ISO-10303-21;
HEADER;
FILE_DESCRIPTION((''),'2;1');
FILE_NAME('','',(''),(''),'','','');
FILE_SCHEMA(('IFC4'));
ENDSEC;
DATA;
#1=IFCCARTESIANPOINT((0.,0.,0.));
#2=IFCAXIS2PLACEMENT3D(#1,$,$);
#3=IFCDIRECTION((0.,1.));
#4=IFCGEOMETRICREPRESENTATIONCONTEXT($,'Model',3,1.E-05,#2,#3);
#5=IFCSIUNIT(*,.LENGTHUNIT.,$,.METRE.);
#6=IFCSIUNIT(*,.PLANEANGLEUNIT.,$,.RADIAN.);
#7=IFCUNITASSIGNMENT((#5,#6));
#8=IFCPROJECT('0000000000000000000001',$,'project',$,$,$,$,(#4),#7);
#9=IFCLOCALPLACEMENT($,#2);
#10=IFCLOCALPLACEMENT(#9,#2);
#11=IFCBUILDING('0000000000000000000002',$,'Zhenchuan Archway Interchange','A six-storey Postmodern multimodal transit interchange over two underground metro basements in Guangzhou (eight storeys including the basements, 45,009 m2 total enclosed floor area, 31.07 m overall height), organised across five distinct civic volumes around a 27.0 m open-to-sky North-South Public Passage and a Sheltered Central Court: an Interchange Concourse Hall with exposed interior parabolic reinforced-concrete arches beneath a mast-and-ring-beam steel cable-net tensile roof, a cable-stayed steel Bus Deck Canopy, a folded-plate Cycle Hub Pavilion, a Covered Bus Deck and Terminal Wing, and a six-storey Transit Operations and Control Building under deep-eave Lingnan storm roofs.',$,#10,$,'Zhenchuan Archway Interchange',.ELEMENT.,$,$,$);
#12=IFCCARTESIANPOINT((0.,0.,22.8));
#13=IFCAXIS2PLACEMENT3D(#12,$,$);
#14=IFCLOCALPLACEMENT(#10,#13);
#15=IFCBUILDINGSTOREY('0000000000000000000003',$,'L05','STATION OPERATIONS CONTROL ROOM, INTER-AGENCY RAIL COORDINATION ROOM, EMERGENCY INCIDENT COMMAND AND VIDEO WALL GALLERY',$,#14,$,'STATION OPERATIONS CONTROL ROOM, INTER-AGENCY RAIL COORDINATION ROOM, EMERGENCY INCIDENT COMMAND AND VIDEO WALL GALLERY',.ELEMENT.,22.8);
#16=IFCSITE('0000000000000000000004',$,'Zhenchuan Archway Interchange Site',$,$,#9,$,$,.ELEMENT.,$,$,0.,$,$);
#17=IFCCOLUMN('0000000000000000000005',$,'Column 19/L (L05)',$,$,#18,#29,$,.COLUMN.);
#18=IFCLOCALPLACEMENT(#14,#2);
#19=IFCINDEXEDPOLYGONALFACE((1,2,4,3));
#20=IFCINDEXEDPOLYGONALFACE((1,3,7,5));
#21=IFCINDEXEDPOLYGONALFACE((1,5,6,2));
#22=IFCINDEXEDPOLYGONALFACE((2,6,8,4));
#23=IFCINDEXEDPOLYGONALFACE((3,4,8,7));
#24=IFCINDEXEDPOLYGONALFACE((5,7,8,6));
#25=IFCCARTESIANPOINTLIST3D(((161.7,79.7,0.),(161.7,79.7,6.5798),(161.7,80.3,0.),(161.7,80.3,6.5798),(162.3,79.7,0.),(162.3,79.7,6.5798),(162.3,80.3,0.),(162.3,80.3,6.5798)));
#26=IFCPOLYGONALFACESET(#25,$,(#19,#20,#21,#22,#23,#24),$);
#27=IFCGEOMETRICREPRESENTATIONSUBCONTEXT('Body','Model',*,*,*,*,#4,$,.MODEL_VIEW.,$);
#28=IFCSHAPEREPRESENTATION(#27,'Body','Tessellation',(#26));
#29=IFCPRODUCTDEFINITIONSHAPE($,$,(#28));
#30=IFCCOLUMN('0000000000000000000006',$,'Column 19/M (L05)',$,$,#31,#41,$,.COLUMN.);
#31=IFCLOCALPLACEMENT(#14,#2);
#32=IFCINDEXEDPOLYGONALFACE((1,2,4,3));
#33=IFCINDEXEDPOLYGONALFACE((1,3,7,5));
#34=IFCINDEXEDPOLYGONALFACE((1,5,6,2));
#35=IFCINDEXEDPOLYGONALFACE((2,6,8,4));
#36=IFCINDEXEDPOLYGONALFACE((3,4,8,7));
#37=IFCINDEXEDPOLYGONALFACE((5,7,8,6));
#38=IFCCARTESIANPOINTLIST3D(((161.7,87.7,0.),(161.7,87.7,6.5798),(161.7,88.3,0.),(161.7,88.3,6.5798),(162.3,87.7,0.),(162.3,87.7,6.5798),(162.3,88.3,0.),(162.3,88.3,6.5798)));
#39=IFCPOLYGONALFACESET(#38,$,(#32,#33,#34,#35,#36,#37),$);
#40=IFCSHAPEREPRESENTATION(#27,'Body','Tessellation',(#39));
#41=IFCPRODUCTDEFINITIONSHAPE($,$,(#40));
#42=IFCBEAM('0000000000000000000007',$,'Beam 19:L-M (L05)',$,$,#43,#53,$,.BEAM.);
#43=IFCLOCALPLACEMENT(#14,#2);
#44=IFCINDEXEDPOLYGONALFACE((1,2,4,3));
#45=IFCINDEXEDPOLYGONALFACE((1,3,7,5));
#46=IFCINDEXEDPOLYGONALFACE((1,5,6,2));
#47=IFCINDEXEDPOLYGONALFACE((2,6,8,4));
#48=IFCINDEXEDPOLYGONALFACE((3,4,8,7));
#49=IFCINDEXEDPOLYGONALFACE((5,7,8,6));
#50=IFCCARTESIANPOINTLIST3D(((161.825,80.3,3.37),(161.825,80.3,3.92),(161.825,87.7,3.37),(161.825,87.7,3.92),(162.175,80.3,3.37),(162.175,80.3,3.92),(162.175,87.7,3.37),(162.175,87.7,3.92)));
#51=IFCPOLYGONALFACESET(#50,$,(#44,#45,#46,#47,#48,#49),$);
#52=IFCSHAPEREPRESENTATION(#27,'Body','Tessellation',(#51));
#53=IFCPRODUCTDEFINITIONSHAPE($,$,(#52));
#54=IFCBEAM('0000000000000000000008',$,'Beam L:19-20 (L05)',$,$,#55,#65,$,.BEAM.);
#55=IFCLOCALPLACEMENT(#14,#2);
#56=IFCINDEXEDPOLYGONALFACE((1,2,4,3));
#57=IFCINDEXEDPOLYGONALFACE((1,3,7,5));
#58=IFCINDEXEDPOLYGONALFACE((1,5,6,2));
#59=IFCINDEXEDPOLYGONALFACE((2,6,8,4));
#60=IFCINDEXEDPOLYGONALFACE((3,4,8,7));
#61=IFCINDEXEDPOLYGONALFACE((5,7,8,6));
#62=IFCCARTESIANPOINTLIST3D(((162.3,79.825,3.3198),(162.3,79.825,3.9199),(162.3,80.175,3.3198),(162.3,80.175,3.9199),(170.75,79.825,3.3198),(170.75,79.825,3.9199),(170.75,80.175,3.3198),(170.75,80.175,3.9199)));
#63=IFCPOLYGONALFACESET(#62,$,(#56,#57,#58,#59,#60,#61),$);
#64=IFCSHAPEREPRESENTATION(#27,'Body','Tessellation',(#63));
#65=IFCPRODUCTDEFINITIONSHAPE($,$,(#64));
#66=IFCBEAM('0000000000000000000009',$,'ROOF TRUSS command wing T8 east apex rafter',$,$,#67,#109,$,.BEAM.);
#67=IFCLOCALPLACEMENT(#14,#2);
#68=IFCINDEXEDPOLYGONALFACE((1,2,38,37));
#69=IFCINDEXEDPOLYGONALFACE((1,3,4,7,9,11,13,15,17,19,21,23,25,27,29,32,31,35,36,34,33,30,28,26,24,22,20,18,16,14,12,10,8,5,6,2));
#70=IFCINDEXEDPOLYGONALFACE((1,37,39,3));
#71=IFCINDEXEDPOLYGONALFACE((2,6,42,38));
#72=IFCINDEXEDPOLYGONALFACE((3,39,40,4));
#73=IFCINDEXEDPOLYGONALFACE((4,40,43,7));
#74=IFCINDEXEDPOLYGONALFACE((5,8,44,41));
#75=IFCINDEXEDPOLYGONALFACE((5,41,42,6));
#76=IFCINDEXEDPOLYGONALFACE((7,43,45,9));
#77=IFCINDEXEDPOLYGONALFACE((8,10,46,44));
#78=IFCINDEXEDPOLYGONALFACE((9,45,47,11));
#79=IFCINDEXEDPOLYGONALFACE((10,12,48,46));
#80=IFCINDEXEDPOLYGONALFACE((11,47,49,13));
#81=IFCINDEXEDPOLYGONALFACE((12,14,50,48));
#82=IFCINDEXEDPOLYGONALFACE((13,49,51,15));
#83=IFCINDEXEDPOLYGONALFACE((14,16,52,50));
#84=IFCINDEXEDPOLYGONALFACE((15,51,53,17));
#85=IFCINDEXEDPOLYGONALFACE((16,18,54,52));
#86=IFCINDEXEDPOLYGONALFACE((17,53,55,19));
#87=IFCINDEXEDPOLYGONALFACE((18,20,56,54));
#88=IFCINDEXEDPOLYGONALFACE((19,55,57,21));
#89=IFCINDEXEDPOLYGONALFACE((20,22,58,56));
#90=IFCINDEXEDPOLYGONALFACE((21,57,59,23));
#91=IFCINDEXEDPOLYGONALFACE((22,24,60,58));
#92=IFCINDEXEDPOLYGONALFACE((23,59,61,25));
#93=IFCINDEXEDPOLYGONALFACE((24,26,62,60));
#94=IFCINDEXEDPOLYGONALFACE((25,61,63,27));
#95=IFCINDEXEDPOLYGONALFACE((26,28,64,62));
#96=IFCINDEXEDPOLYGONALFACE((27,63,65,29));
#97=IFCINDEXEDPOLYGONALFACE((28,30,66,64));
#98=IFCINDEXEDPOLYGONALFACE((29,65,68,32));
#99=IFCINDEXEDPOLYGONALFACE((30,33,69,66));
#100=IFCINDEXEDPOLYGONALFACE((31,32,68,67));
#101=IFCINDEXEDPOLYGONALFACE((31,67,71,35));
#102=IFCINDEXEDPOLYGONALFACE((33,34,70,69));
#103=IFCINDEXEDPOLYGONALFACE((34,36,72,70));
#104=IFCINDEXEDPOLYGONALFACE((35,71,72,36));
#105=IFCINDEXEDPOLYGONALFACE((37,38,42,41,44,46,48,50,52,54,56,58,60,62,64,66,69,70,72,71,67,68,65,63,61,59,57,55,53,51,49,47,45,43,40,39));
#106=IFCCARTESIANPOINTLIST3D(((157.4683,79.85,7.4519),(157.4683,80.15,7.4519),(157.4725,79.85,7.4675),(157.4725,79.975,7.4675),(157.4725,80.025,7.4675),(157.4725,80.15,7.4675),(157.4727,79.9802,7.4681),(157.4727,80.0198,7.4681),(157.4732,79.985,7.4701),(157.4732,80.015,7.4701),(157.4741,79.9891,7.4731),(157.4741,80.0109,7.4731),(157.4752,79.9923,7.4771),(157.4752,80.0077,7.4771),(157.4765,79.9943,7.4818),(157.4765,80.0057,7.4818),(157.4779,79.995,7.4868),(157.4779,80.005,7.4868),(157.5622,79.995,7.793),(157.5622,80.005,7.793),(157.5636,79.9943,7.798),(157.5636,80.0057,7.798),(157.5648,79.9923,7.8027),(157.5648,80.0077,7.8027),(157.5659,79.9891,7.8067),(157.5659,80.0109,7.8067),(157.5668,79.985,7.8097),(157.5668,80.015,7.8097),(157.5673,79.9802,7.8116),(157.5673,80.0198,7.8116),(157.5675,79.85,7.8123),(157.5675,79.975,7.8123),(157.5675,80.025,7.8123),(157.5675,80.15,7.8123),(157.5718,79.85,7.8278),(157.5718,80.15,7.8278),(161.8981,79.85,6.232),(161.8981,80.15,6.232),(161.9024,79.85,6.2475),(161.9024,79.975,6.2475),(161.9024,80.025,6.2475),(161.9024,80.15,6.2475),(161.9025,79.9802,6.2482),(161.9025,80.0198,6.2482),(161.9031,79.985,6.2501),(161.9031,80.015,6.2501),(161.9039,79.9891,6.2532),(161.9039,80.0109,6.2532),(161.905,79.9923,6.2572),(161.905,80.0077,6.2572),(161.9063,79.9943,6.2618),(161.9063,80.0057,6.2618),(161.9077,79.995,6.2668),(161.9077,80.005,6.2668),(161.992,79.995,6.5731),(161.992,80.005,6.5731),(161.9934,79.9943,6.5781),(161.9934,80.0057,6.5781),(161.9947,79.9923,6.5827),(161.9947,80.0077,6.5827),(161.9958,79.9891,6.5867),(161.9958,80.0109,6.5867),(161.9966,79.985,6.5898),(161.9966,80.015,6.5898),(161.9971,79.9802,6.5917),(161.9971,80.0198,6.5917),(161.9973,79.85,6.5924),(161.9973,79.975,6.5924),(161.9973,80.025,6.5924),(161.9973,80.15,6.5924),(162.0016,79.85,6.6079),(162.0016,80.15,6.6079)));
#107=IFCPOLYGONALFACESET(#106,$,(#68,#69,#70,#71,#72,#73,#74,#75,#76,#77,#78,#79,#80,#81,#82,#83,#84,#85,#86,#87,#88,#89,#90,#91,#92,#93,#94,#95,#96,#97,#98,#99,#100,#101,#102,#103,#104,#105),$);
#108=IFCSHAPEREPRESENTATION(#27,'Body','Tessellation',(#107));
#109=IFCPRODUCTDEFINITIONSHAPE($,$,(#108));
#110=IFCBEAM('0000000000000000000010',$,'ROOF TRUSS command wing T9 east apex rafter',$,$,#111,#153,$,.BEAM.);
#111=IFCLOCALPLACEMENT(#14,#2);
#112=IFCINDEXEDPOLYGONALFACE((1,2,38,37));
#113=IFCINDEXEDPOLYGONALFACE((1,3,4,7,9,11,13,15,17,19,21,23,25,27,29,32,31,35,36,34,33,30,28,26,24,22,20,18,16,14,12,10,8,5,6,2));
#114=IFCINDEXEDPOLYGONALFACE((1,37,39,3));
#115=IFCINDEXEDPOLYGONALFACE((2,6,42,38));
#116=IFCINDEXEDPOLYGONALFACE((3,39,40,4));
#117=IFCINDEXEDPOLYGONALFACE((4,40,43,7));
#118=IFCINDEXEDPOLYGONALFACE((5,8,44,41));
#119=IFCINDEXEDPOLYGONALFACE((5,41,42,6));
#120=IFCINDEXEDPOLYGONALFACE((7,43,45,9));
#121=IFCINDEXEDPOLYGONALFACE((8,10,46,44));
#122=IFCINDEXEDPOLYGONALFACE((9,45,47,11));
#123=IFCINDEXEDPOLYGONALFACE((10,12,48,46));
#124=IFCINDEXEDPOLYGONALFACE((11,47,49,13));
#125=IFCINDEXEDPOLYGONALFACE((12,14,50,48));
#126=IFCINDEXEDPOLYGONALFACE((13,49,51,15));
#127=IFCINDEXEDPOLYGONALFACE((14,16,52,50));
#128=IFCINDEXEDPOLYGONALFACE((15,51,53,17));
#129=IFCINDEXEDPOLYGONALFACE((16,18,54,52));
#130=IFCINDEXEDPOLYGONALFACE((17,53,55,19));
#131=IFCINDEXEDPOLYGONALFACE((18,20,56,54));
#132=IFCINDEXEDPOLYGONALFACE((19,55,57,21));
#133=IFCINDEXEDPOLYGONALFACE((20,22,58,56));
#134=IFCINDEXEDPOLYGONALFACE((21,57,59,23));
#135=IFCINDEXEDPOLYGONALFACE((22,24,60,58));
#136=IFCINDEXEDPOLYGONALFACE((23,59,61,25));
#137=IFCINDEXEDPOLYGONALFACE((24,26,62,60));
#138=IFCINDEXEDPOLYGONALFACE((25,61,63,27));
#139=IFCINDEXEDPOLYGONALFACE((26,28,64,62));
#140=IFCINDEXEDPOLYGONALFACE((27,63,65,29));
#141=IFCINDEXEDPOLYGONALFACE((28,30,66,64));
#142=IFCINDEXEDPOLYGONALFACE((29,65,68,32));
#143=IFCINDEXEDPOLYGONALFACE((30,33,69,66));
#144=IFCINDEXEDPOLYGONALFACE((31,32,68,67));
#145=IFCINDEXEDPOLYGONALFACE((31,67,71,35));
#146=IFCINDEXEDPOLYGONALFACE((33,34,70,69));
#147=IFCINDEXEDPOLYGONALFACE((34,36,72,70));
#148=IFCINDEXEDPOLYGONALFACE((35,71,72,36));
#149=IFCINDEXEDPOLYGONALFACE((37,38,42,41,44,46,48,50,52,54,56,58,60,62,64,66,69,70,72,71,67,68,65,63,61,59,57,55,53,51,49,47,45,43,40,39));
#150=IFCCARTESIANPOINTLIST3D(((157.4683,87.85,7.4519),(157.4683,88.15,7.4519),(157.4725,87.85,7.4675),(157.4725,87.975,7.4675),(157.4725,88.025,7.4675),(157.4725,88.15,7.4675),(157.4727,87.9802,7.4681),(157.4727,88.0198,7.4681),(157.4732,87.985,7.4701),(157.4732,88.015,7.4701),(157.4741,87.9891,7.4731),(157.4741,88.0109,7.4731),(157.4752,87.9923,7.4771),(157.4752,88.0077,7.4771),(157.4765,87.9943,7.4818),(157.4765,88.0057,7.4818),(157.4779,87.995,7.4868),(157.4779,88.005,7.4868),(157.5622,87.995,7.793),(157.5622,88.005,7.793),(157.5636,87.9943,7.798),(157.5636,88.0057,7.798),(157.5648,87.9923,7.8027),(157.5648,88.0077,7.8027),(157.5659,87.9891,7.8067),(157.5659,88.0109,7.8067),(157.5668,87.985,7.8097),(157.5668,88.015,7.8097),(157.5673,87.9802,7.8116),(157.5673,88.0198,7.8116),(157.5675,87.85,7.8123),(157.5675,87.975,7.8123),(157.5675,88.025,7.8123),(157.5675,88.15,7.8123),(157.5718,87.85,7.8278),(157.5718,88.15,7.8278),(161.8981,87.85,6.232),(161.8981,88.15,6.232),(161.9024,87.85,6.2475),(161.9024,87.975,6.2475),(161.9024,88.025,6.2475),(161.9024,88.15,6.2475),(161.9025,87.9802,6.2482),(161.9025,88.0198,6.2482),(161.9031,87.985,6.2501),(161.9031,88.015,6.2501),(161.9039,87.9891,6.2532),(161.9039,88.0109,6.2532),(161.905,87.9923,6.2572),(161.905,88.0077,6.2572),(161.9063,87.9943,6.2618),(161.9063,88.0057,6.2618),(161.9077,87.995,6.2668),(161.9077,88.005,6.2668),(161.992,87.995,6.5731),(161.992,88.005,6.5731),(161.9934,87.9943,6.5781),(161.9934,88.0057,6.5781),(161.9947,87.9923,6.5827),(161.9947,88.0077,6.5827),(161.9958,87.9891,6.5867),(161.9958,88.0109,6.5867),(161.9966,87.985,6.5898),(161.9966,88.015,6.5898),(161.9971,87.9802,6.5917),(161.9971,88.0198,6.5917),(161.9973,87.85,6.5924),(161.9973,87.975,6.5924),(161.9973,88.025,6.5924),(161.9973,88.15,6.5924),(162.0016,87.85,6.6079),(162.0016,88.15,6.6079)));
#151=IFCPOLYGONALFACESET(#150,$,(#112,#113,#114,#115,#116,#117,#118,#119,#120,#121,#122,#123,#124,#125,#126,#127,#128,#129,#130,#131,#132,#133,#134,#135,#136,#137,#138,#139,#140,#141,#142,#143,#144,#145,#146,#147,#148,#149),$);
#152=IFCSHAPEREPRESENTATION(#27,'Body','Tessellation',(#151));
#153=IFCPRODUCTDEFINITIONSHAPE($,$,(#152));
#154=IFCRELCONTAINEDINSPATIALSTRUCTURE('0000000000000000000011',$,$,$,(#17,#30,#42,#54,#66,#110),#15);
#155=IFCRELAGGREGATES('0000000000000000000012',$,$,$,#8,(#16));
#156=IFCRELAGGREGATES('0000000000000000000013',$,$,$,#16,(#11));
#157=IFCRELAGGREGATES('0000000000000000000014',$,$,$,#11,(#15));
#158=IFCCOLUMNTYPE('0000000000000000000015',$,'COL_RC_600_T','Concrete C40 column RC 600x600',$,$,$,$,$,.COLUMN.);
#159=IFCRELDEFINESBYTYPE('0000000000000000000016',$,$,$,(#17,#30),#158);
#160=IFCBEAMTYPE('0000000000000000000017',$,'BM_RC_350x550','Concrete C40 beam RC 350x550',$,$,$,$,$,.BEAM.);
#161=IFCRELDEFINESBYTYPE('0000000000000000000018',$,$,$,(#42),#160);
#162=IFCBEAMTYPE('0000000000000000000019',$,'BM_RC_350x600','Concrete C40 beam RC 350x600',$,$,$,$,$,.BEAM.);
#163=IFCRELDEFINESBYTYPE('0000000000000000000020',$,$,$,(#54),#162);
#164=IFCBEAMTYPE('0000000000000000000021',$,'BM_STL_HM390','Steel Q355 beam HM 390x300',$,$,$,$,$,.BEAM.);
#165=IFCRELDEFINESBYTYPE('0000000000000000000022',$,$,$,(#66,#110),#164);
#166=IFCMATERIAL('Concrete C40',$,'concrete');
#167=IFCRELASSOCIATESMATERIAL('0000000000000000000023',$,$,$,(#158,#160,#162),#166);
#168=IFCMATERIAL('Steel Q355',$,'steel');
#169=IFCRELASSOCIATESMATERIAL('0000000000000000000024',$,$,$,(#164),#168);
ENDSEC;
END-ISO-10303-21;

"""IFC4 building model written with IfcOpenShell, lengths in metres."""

from ifc_helpers import new_model, si_unit, direction, frame, origin, origin_2d, place, context, subcontext, project, spatial, rectangle, i_section, extrude, material, material_profile, profile_set, type_object, element, save


model = new_model("IFC4")

# Units and contexts
model_context = context("Model", 3, precision=1e-05, world=origin(), true_north=direction((0.0, 1.0)))
body_context = subcontext(model_context, "Body", "Model", "MODEL_VIEW")
ifc_project = project(units=[si_unit("LENGTHUNIT", "METRE"), si_unit("PLANEANGLEUNIT", "RADIAN")], contexts=[model_context])

# Site, building, storey
site_placement = place(None, origin())
site = spatial("IfcSite", under=ifc_project, at=site_placement, Name="Zhenchuan Archway Interchange Site", CompositionType="ELEMENT", RefElevation=0.0)
building_placement = place(site_placement, origin())
building = spatial("IfcBuilding", under=site, at=building_placement, Name="Zhenchuan Archway Interchange", Description="A six-storey Postmodern multimodal transit interchange over two underground metro basements in Guangzhou (eight storeys including the basements, 45,009 m2 total enclosed floor area, 31.07 m overall height), organised across five distinct civic volumes around a 27.0 m open-to-sky North-South Public Passage and a Sheltered Central Court: an Interchange Concourse Hall with exposed interior parabolic reinforced-concrete arches beneath a mast-and-ring-beam steel cable-net tensile roof, a cable-stayed steel Bus Deck Canopy, a folded-plate Cycle Hub Pavilion, a Covered Bus Deck and Terminal Wing, and a six-storey Transit Operations and Control Building under deep-eave Lingnan storm roofs.", LongName="Zhenchuan Archway Interchange", CompositionType="ELEMENT")
storey_placement = place(building_placement, frame((0.0, 0.0, 22.8)))
storey = spatial("IfcBuildingStorey", under=building, at=storey_placement, Name="L05", Description="STATION OPERATIONS CONTROL ROOM, INTER-AGENCY RAIL COORDINATION ROOM, EMERGENCY INCIDENT COMMAND AND VIDEO WALL GALLERY", LongName="STATION OPERATIONS CONTROL ROOM, INTER-AGENCY RAIL COORDINATION ROOM, EMERGENCY INCIDENT COMMAND AND VIDEO WALL GALLERY", CompositionType="ELEMENT", Elevation=22.8)

# Columns
ifc_material_1 = material(Name="Concrete C40", Category="concrete")
ifc_material_profile_1 = material_profile(ifc_material_1, rectangle(XDim=0.6001, YDim=0.6001, at=origin_2d()), Name="RC 600x600")
ifc_profile_set_1 = profile_set([ifc_material_profile_1], Name="Concrete C40")
column_type = type_object("IfcColumnType", Name="COL_RC_600_T", Description="Concrete C40 column RC 600x600", PredefinedType="COLUMN", material=ifc_profile_set_1)
for number, where, z_axis, x_axis, name in (
    (1, (162.0, 80.0, 0.0), (0.0, 0.0, 1.0), (1.0, 0.0, 0.0), "Column 19/L (L05)"),
    (2, (162.0, 88.0, 0.0), (0.0, 0.0, 1.0), (1.0, 0.0, 0.0), "Column 19/M (L05)"),
):
    element("IfcColumn", number, at=place(storey_placement, frame(where, z_axis=z_axis, x_axis=x_axis)), inside=storey, type_object=column_type, Name=name, PredefinedType="COLUMN", context=body_context, shape_type="SweptSolid", body=[
        extrude(rectangle(XDim=0.6001, YDim=0.6001, at=origin_2d()), origin(), (0.0, 0.0, 1.0), 6.5798),
    ])

# Beams
ifc_material_profile_2 = material_profile(ifc_material_1, rectangle(XDim=0.3501, YDim=0.55, at=origin_2d()), Name="RC 350x550")
ifc_profile_set_2 = profile_set([ifc_material_profile_2], Name="Concrete C40")
beam_type_1 = type_object("IfcBeamType", Name="BM_RC_350x550", Description="Concrete C40 beam RC 350x550", PredefinedType="BEAM", material=ifc_profile_set_2)
beam_1_placement = place(storey_placement, frame((162.0, 80.3, 3.645), z_axis=(0.0, 1.0, 0.0), x_axis=(-1.0, 0.0, 0.0)))
element("IfcBeam", 3, at=beam_1_placement, inside=storey, type_object=beam_type_1, Name="Beam 19:L-M (L05)", PredefinedType="BEAM", context=body_context, shape_type="SweptSolid", body=[
    extrude(rectangle(XDim=0.3501, YDim=0.55, at=origin_2d()), origin(), (0.0, 0.0, 1.0), 7.3999),
])
ifc_material_profile_3 = material_profile(ifc_material_1, rectangle(XDim=0.3501, YDim=0.6001, at=origin_2d()), Name="RC 350x600")
ifc_profile_set_3 = profile_set([ifc_material_profile_3], Name="Concrete C40")
beam_type_2 = type_object("IfcBeamType", Name="BM_RC_350x600", Description="Concrete C40 beam RC 350x600", PredefinedType="BEAM", material=ifc_profile_set_3)
beam_2_placement = place(storey_placement, frame((162.3, 80.0, 3.6199), z_axis=(1.0, 0.0, 0.0), x_axis=(0.0, 1.0, 0.0)))
element("IfcBeam", 4, at=beam_2_placement, inside=storey, type_object=beam_type_2, Name="Beam L:19-20 (L05)", PredefinedType="BEAM", context=body_context, shape_type="SweptSolid", body=[
    extrude(rectangle(XDim=0.3501, YDim=0.6001, at=origin_2d()), origin(), (0.0, 0.0, 1.0), 8.45),
])
ifc_material_2 = material(Name="Steel Q355", Category="steel")
ifc_material_profile_4 = material_profile(ifc_material_2, i_section(OverallWidth=0.3, OverallDepth=0.3899, WebThickness=0.01, FlangeThickness=0.0161, FilletRadius=0.02, at=origin_2d()), Name="HM 390x300")
ifc_profile_set_4 = profile_set([ifc_material_profile_4], Name="Steel Q355")
beam_type_3 = type_object("IfcBeamType", Name="BM_STL_HM390", Description="Steel Q355 beam HM 390x300", PredefinedType="BEAM", material=ifc_profile_set_4)
for number, where, z_axis, x_axis, name in (
    (5, (157.52, 80.0, 7.6399), (0.964109, 0.0, -0.265508), (0.0, 1.0, 0.0), "ROOF TRUSS command wing T8 east apex rafter"),
    (6, (157.52, 88.0, 7.6399), (0.964109, 0.0, -0.265508), (0.0, 1.0, 0.0), "ROOF TRUSS command wing T9 east apex rafter"),
):
    element("IfcBeam", number, at=place(storey_placement, frame(where, z_axis=z_axis, x_axis=x_axis)), inside=storey, type_object=beam_type_3, Name=name, PredefinedType="BEAM", context=body_context, shape_type="SweptSolid", body=[
        extrude(i_section(OverallWidth=0.3, OverallDepth=0.3899, WebThickness=0.01, FlangeThickness=0.0161, FilletRadius=0.02, at=origin_2d()), origin(), (0.0, 0.0, 1.0), 4.5947),
    ])

save(model, "model.ifc")
